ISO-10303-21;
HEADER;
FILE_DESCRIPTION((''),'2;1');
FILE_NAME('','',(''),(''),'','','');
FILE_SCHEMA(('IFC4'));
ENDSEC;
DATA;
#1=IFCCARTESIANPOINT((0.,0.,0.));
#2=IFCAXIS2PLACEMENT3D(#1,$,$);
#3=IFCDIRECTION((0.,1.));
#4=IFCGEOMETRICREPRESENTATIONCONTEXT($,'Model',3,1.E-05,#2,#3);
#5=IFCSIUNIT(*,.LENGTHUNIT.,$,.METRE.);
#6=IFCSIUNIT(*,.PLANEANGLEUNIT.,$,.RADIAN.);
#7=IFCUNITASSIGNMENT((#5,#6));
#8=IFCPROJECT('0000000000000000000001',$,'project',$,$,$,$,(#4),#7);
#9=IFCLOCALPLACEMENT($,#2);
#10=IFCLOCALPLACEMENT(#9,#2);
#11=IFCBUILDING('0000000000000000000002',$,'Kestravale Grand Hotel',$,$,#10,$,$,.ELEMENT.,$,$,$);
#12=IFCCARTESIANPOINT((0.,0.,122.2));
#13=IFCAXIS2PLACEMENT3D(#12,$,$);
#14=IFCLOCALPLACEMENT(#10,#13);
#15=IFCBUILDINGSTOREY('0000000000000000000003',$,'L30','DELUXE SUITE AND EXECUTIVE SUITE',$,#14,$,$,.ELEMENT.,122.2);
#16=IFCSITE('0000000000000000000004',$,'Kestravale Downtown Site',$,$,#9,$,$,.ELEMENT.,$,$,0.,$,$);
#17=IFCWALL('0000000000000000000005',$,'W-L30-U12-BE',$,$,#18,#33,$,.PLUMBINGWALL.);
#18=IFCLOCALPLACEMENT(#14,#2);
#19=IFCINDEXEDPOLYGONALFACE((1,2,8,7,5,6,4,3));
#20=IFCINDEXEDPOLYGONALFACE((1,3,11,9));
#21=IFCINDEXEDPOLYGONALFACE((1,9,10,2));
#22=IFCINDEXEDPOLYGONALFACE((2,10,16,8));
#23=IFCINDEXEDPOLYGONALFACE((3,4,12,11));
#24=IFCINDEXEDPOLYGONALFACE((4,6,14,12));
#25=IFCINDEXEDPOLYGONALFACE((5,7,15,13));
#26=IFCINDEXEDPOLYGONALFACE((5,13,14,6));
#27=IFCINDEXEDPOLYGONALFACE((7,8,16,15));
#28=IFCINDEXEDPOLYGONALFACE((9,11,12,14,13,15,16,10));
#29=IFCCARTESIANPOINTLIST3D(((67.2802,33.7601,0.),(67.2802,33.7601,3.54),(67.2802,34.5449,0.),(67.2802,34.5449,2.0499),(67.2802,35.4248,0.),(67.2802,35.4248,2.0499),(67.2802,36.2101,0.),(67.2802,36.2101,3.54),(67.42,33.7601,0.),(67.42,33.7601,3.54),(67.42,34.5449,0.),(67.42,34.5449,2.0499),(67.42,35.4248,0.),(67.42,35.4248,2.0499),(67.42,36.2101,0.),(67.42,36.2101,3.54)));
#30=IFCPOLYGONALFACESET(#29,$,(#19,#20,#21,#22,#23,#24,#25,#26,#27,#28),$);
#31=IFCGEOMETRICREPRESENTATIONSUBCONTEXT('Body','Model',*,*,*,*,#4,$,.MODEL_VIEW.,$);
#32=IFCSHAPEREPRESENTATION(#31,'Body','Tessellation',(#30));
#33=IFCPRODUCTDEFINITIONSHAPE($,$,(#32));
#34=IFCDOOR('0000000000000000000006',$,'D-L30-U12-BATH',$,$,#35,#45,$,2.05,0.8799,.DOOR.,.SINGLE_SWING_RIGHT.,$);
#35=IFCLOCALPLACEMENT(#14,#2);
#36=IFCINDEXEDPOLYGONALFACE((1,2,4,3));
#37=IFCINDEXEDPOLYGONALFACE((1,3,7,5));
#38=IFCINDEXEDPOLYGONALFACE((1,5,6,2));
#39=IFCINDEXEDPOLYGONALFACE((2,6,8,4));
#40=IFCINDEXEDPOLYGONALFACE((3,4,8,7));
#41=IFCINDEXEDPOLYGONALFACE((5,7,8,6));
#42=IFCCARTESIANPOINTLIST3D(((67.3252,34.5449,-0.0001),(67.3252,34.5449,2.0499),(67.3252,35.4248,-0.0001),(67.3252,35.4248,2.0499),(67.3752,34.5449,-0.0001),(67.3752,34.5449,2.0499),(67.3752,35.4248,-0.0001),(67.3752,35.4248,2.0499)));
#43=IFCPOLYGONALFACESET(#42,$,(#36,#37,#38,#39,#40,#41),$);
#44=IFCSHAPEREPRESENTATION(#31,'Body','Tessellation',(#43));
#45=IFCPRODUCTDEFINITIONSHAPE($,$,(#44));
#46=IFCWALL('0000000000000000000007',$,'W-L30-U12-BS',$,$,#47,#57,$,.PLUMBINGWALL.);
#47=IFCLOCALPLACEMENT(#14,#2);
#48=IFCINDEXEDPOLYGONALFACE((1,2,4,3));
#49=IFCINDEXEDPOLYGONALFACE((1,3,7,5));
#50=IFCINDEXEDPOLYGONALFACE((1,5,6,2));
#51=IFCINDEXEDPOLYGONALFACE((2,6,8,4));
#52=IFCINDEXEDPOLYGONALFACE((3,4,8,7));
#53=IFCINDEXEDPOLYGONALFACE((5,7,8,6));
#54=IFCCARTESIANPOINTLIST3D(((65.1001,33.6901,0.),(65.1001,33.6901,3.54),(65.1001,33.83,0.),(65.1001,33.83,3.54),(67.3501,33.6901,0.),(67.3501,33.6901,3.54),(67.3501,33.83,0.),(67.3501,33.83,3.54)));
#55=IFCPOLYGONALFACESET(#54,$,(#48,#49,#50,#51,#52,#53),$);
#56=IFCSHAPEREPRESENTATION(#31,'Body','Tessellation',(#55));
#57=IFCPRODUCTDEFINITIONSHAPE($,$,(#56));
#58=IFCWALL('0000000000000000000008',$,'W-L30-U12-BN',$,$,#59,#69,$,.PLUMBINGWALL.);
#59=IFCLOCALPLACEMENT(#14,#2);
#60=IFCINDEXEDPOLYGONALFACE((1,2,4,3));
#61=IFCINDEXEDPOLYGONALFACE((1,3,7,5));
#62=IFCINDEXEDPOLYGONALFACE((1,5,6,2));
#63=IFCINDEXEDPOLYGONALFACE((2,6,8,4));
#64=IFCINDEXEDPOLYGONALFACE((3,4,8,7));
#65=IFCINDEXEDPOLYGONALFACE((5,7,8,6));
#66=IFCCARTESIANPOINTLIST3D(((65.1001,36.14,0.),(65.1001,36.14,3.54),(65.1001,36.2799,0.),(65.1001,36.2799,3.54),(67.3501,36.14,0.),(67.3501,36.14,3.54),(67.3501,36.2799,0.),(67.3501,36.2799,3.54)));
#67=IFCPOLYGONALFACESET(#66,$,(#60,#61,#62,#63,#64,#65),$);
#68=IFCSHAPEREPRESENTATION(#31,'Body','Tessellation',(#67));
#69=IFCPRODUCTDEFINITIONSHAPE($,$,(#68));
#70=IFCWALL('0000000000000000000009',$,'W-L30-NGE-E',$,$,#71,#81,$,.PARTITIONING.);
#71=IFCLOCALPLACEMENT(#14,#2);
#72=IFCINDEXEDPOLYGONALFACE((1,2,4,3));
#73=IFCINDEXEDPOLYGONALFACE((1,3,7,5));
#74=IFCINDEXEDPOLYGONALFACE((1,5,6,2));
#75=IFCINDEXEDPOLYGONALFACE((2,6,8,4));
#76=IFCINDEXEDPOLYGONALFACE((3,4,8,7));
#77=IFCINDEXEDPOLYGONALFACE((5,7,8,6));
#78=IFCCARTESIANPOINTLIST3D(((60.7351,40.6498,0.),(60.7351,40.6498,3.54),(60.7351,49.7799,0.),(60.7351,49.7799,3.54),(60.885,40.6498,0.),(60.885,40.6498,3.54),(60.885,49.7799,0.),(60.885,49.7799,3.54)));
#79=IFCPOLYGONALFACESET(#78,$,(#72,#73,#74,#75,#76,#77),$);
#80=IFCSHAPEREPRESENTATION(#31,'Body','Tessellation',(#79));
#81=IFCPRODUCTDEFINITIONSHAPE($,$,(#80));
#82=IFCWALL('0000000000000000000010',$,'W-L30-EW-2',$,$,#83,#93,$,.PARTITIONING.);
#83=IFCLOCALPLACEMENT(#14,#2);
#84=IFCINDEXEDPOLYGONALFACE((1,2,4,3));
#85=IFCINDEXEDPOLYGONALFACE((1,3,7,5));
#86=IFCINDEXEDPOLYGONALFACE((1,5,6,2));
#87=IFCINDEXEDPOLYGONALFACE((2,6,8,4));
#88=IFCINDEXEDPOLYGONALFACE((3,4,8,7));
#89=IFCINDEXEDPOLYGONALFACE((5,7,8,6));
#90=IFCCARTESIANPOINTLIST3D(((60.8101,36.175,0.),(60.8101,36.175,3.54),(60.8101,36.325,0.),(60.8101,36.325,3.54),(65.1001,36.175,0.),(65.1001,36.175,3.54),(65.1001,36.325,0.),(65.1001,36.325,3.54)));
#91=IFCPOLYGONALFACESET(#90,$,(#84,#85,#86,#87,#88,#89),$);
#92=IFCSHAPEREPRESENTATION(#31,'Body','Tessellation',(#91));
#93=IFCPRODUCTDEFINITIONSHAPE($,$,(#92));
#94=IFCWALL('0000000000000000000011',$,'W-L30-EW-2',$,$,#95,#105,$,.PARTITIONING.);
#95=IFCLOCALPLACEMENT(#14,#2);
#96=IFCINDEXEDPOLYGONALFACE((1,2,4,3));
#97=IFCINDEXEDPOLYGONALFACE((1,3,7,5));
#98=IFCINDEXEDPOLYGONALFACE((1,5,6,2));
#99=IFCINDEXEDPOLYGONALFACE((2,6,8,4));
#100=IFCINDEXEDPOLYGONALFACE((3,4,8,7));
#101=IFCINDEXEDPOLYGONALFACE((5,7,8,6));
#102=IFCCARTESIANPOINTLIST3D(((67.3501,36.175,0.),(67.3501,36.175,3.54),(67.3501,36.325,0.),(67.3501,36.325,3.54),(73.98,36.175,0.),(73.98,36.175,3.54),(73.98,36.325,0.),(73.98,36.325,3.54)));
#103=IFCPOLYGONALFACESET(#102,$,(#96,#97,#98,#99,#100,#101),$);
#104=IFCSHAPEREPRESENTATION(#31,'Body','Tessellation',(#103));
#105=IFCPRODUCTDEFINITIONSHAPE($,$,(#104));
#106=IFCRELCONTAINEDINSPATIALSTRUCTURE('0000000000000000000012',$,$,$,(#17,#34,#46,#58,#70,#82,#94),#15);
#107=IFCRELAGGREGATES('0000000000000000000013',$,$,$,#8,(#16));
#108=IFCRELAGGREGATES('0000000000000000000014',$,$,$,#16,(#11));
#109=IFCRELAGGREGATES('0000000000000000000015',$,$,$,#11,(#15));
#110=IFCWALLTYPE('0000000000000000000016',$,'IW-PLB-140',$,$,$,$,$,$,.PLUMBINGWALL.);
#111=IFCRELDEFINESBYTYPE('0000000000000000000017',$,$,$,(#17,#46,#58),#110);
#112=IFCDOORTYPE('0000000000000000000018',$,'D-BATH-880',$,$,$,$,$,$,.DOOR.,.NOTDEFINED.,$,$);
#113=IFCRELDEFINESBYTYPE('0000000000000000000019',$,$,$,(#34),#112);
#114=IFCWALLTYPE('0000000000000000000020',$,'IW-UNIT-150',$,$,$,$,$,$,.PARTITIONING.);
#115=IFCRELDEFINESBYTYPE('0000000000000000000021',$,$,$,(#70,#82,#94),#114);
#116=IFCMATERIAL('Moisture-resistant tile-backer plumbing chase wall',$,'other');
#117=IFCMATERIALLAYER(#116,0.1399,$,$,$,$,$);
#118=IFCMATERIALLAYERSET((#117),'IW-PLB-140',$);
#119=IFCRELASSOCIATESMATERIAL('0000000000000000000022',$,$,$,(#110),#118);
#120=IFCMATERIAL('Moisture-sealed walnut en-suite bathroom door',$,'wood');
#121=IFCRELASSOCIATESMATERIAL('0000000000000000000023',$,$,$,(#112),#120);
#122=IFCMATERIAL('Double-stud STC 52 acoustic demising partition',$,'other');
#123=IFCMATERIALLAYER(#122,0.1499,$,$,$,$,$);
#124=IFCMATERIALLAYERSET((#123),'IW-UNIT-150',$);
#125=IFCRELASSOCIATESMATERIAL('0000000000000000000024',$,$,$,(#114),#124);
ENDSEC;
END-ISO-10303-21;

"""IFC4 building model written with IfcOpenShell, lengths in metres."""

from ifc_helpers import new_model, si_unit, direction, frame, frame_2d, origin, place, context, subcontext, project, spatial, rectangle, extrude, material, layer, layer_set, type_object, element, fill, save


model = new_model("IFC4")

# Units and contexts
model_context = context("Model", 3, precision=1e-05, world=origin(), true_north=direction((0.0, 1.0)))
body_context = subcontext(model_context, "Body", "Model", "MODEL_VIEW")
ifc_project = project(units=[si_unit("LENGTHUNIT", "METRE"), si_unit("PLANEANGLEUNIT", "RADIAN")], contexts=[model_context])

# Site, building, storey
site_placement = place(None, origin())
site = spatial("IfcSite", under=ifc_project, at=site_placement, Name="Kestravale Downtown Site", CompositionType="ELEMENT", RefElevation=0.0)
building_placement = place(site_placement, origin())
building = spatial("IfcBuilding", under=site, at=building_placement, Name="Kestravale Grand Hotel", CompositionType="ELEMENT")
storey_placement = place(building_placement, frame((0.0, 0.0, 122.2)))
storey = spatial("IfcBuildingStorey", under=building, at=storey_placement, Name="L30", Description="DELUXE SUITE AND EXECUTIVE SUITE", CompositionType="ELEMENT", Elevation=122.2)

# Shared definitions
ifc_material_1 = material(Name="Moisture-resistant tile-backer plumbing chase wall", Category="other")
ifc_layer_1 = layer(ifc_material_1, 0.1399)
ifc_layer_set_1 = layer_set([ifc_layer_1], Name="IW-PLB-140")
wall_type_1 = type_object("IfcWallType", Name="IW-PLB-140", PredefinedType="PLUMBINGWALL", material=ifc_layer_set_1)

# Wall, opening, door
wall_1_placement = place(storey_placement, frame((67.3501, 33.76, 0.0), z_axis=(0.0, 0.0, 1.0), x_axis=(0.0, 1.0, 0.0)))
wall_1 = element("IfcWall", 1, at=wall_1_placement, inside=storey, type_object=wall_type_1, Name="W-L30-U12-BE", PredefinedType="PLUMBINGWALL", context=body_context, shape_type="SweptSolid", body=[
    extrude(rectangle(XDim=2.45, YDim=0.1399, at=frame_2d((1.2251, 0.0))), origin(), (0.0, 0.0, 1.0), 3.54),
])
opening_1_placement = place(wall_1_placement, frame((0.7849, 0.0, 0.0)))
opening_1 = element("IfcOpeningElement", 2, at=opening_1_placement, cuts=wall_1, PredefinedType="OPENING", context=body_context, shape_type="SweptSolid", body=[
    extrude(rectangle(XDim=0.8799, YDim=2.05, at=frame_2d((0.4399, 1.0249))), frame((0.0, 0.0798, 0.0), z_axis=(0.0, -1.0, 0.0), x_axis=(1.0, 0.0, 0.0)), (0.0, 0.0, 1.0), 0.1599),
])
ifc_material_2 = material(Name="Moisture-sealed walnut en-suite bathroom door", Category="wood")
door_type = type_object("IfcDoorType", Name="D-BATH-880", OperationType="NOTDEFINED", PredefinedType="DOOR", material=ifc_material_2)
door_placement = place(opening_1_placement, origin())
door = element("IfcDoor", 3, at=door_placement, inside=storey, type_object=door_type, Name="D-L30-U12-BATH", OperationType="SINGLE_SWING_RIGHT", OverallHeight=2.05, OverallWidth=0.8799, PredefinedType="DOOR", context=body_context, shape_type="SweptSolid", body=[
    extrude(rectangle(XDim=0.8799, YDim=2.05, at=frame_2d((0.4399, 1.0249))), frame((0.0, 0.0249, 0.0), z_axis=(0.0, -1.0, 0.0), x_axis=(1.0, 0.0, 0.0)), (0.0, 0.0, 1.0), 0.05),
])
fill(opening_1, door)

# Walls
for number, where, z_axis, x_axis, name in (
    (4, (65.1001, 33.76, 0.0), (0.0, 0.0, 1.0), (1.0, 0.0, 0.0), "W-L30-U12-BS"),
    (5, (65.1001, 36.21, 0.0), (0.0, 0.0, 1.0), (1.0, 0.0, 0.0), "W-L30-U12-BN"),
):
    element("IfcWall", number, at=place(storey_placement, frame(where, z_axis=z_axis, x_axis=x_axis)), inside=storey, type_object=wall_type_1, Name=name, PredefinedType="PLUMBINGWALL", context=body_context, shape_type="SweptSolid", body=[
        extrude(rectangle(XDim=2.25, YDim=0.1399, at=frame_2d((1.125, 0.0))), origin(), (0.0, 0.0, 1.0), 3.54),
    ])
ifc_material_3 = material(Name="Double-stud STC 52 acoustic demising partition", Category="other")
ifc_layer_2 = layer(ifc_material_3, 0.1499)
ifc_layer_set_2 = layer_set([ifc_layer_2], Name="IW-UNIT-150")
wall_type_2 = type_object("IfcWallType", Name="IW-UNIT-150", PredefinedType="PARTITIONING", material=ifc_layer_set_2)
wall_2_placement = place(storey_placement, frame((60.8101, 40.6499, 0.0), z_axis=(0.0, 0.0, 1.0), x_axis=(0.0, 1.0, 0.0)))
element("IfcWall", 6, at=wall_2_placement, inside=storey, type_object=wall_type_2, Name="W-L30-NGE-E", PredefinedType="PARTITIONING", context=body_context, shape_type="SweptSolid", body=[
    extrude(rectangle(XDim=9.1301, YDim=0.1499, at=frame_2d((4.5649, 0.0))), origin(), (0.0, 0.0, 1.0), 3.54),
])
wall_3_placement = place(storey_placement, frame((60.8101, 36.25, 0.0), z_axis=(0.0, 0.0, 1.0), x_axis=(1.0, 0.0, 0.0)))
element("IfcWall", 7, at=wall_3_placement, inside=storey, type_object=wall_type_2, Name="W-L30-EW-2", PredefinedType="PARTITIONING", context=body_context, shape_type="SweptSolid", body=[
    extrude(rectangle(XDim=4.29, YDim=0.1499, at=frame_2d((2.145, 0.0))), origin(), (0.0, 0.0, 1.0), 3.54),
])
wall_4_placement = place(storey_placement, frame((67.3501, 36.25, 0.0), z_axis=(0.0, 0.0, 1.0), x_axis=(1.0, 0.0, 0.0)))
element("IfcWall", 8, at=wall_4_placement, inside=storey, type_object=wall_type_2, Name="W-L30-EW-2", PredefinedType="PARTITIONING", context=body_context, shape_type="SweptSolid", body=[
    extrude(rectangle(XDim=6.6299, YDim=0.1499, at=frame_2d((3.3149, 0.0))), origin(), (0.0, 0.0, 1.0), 3.54),
])

save(model, "model.ifc")
